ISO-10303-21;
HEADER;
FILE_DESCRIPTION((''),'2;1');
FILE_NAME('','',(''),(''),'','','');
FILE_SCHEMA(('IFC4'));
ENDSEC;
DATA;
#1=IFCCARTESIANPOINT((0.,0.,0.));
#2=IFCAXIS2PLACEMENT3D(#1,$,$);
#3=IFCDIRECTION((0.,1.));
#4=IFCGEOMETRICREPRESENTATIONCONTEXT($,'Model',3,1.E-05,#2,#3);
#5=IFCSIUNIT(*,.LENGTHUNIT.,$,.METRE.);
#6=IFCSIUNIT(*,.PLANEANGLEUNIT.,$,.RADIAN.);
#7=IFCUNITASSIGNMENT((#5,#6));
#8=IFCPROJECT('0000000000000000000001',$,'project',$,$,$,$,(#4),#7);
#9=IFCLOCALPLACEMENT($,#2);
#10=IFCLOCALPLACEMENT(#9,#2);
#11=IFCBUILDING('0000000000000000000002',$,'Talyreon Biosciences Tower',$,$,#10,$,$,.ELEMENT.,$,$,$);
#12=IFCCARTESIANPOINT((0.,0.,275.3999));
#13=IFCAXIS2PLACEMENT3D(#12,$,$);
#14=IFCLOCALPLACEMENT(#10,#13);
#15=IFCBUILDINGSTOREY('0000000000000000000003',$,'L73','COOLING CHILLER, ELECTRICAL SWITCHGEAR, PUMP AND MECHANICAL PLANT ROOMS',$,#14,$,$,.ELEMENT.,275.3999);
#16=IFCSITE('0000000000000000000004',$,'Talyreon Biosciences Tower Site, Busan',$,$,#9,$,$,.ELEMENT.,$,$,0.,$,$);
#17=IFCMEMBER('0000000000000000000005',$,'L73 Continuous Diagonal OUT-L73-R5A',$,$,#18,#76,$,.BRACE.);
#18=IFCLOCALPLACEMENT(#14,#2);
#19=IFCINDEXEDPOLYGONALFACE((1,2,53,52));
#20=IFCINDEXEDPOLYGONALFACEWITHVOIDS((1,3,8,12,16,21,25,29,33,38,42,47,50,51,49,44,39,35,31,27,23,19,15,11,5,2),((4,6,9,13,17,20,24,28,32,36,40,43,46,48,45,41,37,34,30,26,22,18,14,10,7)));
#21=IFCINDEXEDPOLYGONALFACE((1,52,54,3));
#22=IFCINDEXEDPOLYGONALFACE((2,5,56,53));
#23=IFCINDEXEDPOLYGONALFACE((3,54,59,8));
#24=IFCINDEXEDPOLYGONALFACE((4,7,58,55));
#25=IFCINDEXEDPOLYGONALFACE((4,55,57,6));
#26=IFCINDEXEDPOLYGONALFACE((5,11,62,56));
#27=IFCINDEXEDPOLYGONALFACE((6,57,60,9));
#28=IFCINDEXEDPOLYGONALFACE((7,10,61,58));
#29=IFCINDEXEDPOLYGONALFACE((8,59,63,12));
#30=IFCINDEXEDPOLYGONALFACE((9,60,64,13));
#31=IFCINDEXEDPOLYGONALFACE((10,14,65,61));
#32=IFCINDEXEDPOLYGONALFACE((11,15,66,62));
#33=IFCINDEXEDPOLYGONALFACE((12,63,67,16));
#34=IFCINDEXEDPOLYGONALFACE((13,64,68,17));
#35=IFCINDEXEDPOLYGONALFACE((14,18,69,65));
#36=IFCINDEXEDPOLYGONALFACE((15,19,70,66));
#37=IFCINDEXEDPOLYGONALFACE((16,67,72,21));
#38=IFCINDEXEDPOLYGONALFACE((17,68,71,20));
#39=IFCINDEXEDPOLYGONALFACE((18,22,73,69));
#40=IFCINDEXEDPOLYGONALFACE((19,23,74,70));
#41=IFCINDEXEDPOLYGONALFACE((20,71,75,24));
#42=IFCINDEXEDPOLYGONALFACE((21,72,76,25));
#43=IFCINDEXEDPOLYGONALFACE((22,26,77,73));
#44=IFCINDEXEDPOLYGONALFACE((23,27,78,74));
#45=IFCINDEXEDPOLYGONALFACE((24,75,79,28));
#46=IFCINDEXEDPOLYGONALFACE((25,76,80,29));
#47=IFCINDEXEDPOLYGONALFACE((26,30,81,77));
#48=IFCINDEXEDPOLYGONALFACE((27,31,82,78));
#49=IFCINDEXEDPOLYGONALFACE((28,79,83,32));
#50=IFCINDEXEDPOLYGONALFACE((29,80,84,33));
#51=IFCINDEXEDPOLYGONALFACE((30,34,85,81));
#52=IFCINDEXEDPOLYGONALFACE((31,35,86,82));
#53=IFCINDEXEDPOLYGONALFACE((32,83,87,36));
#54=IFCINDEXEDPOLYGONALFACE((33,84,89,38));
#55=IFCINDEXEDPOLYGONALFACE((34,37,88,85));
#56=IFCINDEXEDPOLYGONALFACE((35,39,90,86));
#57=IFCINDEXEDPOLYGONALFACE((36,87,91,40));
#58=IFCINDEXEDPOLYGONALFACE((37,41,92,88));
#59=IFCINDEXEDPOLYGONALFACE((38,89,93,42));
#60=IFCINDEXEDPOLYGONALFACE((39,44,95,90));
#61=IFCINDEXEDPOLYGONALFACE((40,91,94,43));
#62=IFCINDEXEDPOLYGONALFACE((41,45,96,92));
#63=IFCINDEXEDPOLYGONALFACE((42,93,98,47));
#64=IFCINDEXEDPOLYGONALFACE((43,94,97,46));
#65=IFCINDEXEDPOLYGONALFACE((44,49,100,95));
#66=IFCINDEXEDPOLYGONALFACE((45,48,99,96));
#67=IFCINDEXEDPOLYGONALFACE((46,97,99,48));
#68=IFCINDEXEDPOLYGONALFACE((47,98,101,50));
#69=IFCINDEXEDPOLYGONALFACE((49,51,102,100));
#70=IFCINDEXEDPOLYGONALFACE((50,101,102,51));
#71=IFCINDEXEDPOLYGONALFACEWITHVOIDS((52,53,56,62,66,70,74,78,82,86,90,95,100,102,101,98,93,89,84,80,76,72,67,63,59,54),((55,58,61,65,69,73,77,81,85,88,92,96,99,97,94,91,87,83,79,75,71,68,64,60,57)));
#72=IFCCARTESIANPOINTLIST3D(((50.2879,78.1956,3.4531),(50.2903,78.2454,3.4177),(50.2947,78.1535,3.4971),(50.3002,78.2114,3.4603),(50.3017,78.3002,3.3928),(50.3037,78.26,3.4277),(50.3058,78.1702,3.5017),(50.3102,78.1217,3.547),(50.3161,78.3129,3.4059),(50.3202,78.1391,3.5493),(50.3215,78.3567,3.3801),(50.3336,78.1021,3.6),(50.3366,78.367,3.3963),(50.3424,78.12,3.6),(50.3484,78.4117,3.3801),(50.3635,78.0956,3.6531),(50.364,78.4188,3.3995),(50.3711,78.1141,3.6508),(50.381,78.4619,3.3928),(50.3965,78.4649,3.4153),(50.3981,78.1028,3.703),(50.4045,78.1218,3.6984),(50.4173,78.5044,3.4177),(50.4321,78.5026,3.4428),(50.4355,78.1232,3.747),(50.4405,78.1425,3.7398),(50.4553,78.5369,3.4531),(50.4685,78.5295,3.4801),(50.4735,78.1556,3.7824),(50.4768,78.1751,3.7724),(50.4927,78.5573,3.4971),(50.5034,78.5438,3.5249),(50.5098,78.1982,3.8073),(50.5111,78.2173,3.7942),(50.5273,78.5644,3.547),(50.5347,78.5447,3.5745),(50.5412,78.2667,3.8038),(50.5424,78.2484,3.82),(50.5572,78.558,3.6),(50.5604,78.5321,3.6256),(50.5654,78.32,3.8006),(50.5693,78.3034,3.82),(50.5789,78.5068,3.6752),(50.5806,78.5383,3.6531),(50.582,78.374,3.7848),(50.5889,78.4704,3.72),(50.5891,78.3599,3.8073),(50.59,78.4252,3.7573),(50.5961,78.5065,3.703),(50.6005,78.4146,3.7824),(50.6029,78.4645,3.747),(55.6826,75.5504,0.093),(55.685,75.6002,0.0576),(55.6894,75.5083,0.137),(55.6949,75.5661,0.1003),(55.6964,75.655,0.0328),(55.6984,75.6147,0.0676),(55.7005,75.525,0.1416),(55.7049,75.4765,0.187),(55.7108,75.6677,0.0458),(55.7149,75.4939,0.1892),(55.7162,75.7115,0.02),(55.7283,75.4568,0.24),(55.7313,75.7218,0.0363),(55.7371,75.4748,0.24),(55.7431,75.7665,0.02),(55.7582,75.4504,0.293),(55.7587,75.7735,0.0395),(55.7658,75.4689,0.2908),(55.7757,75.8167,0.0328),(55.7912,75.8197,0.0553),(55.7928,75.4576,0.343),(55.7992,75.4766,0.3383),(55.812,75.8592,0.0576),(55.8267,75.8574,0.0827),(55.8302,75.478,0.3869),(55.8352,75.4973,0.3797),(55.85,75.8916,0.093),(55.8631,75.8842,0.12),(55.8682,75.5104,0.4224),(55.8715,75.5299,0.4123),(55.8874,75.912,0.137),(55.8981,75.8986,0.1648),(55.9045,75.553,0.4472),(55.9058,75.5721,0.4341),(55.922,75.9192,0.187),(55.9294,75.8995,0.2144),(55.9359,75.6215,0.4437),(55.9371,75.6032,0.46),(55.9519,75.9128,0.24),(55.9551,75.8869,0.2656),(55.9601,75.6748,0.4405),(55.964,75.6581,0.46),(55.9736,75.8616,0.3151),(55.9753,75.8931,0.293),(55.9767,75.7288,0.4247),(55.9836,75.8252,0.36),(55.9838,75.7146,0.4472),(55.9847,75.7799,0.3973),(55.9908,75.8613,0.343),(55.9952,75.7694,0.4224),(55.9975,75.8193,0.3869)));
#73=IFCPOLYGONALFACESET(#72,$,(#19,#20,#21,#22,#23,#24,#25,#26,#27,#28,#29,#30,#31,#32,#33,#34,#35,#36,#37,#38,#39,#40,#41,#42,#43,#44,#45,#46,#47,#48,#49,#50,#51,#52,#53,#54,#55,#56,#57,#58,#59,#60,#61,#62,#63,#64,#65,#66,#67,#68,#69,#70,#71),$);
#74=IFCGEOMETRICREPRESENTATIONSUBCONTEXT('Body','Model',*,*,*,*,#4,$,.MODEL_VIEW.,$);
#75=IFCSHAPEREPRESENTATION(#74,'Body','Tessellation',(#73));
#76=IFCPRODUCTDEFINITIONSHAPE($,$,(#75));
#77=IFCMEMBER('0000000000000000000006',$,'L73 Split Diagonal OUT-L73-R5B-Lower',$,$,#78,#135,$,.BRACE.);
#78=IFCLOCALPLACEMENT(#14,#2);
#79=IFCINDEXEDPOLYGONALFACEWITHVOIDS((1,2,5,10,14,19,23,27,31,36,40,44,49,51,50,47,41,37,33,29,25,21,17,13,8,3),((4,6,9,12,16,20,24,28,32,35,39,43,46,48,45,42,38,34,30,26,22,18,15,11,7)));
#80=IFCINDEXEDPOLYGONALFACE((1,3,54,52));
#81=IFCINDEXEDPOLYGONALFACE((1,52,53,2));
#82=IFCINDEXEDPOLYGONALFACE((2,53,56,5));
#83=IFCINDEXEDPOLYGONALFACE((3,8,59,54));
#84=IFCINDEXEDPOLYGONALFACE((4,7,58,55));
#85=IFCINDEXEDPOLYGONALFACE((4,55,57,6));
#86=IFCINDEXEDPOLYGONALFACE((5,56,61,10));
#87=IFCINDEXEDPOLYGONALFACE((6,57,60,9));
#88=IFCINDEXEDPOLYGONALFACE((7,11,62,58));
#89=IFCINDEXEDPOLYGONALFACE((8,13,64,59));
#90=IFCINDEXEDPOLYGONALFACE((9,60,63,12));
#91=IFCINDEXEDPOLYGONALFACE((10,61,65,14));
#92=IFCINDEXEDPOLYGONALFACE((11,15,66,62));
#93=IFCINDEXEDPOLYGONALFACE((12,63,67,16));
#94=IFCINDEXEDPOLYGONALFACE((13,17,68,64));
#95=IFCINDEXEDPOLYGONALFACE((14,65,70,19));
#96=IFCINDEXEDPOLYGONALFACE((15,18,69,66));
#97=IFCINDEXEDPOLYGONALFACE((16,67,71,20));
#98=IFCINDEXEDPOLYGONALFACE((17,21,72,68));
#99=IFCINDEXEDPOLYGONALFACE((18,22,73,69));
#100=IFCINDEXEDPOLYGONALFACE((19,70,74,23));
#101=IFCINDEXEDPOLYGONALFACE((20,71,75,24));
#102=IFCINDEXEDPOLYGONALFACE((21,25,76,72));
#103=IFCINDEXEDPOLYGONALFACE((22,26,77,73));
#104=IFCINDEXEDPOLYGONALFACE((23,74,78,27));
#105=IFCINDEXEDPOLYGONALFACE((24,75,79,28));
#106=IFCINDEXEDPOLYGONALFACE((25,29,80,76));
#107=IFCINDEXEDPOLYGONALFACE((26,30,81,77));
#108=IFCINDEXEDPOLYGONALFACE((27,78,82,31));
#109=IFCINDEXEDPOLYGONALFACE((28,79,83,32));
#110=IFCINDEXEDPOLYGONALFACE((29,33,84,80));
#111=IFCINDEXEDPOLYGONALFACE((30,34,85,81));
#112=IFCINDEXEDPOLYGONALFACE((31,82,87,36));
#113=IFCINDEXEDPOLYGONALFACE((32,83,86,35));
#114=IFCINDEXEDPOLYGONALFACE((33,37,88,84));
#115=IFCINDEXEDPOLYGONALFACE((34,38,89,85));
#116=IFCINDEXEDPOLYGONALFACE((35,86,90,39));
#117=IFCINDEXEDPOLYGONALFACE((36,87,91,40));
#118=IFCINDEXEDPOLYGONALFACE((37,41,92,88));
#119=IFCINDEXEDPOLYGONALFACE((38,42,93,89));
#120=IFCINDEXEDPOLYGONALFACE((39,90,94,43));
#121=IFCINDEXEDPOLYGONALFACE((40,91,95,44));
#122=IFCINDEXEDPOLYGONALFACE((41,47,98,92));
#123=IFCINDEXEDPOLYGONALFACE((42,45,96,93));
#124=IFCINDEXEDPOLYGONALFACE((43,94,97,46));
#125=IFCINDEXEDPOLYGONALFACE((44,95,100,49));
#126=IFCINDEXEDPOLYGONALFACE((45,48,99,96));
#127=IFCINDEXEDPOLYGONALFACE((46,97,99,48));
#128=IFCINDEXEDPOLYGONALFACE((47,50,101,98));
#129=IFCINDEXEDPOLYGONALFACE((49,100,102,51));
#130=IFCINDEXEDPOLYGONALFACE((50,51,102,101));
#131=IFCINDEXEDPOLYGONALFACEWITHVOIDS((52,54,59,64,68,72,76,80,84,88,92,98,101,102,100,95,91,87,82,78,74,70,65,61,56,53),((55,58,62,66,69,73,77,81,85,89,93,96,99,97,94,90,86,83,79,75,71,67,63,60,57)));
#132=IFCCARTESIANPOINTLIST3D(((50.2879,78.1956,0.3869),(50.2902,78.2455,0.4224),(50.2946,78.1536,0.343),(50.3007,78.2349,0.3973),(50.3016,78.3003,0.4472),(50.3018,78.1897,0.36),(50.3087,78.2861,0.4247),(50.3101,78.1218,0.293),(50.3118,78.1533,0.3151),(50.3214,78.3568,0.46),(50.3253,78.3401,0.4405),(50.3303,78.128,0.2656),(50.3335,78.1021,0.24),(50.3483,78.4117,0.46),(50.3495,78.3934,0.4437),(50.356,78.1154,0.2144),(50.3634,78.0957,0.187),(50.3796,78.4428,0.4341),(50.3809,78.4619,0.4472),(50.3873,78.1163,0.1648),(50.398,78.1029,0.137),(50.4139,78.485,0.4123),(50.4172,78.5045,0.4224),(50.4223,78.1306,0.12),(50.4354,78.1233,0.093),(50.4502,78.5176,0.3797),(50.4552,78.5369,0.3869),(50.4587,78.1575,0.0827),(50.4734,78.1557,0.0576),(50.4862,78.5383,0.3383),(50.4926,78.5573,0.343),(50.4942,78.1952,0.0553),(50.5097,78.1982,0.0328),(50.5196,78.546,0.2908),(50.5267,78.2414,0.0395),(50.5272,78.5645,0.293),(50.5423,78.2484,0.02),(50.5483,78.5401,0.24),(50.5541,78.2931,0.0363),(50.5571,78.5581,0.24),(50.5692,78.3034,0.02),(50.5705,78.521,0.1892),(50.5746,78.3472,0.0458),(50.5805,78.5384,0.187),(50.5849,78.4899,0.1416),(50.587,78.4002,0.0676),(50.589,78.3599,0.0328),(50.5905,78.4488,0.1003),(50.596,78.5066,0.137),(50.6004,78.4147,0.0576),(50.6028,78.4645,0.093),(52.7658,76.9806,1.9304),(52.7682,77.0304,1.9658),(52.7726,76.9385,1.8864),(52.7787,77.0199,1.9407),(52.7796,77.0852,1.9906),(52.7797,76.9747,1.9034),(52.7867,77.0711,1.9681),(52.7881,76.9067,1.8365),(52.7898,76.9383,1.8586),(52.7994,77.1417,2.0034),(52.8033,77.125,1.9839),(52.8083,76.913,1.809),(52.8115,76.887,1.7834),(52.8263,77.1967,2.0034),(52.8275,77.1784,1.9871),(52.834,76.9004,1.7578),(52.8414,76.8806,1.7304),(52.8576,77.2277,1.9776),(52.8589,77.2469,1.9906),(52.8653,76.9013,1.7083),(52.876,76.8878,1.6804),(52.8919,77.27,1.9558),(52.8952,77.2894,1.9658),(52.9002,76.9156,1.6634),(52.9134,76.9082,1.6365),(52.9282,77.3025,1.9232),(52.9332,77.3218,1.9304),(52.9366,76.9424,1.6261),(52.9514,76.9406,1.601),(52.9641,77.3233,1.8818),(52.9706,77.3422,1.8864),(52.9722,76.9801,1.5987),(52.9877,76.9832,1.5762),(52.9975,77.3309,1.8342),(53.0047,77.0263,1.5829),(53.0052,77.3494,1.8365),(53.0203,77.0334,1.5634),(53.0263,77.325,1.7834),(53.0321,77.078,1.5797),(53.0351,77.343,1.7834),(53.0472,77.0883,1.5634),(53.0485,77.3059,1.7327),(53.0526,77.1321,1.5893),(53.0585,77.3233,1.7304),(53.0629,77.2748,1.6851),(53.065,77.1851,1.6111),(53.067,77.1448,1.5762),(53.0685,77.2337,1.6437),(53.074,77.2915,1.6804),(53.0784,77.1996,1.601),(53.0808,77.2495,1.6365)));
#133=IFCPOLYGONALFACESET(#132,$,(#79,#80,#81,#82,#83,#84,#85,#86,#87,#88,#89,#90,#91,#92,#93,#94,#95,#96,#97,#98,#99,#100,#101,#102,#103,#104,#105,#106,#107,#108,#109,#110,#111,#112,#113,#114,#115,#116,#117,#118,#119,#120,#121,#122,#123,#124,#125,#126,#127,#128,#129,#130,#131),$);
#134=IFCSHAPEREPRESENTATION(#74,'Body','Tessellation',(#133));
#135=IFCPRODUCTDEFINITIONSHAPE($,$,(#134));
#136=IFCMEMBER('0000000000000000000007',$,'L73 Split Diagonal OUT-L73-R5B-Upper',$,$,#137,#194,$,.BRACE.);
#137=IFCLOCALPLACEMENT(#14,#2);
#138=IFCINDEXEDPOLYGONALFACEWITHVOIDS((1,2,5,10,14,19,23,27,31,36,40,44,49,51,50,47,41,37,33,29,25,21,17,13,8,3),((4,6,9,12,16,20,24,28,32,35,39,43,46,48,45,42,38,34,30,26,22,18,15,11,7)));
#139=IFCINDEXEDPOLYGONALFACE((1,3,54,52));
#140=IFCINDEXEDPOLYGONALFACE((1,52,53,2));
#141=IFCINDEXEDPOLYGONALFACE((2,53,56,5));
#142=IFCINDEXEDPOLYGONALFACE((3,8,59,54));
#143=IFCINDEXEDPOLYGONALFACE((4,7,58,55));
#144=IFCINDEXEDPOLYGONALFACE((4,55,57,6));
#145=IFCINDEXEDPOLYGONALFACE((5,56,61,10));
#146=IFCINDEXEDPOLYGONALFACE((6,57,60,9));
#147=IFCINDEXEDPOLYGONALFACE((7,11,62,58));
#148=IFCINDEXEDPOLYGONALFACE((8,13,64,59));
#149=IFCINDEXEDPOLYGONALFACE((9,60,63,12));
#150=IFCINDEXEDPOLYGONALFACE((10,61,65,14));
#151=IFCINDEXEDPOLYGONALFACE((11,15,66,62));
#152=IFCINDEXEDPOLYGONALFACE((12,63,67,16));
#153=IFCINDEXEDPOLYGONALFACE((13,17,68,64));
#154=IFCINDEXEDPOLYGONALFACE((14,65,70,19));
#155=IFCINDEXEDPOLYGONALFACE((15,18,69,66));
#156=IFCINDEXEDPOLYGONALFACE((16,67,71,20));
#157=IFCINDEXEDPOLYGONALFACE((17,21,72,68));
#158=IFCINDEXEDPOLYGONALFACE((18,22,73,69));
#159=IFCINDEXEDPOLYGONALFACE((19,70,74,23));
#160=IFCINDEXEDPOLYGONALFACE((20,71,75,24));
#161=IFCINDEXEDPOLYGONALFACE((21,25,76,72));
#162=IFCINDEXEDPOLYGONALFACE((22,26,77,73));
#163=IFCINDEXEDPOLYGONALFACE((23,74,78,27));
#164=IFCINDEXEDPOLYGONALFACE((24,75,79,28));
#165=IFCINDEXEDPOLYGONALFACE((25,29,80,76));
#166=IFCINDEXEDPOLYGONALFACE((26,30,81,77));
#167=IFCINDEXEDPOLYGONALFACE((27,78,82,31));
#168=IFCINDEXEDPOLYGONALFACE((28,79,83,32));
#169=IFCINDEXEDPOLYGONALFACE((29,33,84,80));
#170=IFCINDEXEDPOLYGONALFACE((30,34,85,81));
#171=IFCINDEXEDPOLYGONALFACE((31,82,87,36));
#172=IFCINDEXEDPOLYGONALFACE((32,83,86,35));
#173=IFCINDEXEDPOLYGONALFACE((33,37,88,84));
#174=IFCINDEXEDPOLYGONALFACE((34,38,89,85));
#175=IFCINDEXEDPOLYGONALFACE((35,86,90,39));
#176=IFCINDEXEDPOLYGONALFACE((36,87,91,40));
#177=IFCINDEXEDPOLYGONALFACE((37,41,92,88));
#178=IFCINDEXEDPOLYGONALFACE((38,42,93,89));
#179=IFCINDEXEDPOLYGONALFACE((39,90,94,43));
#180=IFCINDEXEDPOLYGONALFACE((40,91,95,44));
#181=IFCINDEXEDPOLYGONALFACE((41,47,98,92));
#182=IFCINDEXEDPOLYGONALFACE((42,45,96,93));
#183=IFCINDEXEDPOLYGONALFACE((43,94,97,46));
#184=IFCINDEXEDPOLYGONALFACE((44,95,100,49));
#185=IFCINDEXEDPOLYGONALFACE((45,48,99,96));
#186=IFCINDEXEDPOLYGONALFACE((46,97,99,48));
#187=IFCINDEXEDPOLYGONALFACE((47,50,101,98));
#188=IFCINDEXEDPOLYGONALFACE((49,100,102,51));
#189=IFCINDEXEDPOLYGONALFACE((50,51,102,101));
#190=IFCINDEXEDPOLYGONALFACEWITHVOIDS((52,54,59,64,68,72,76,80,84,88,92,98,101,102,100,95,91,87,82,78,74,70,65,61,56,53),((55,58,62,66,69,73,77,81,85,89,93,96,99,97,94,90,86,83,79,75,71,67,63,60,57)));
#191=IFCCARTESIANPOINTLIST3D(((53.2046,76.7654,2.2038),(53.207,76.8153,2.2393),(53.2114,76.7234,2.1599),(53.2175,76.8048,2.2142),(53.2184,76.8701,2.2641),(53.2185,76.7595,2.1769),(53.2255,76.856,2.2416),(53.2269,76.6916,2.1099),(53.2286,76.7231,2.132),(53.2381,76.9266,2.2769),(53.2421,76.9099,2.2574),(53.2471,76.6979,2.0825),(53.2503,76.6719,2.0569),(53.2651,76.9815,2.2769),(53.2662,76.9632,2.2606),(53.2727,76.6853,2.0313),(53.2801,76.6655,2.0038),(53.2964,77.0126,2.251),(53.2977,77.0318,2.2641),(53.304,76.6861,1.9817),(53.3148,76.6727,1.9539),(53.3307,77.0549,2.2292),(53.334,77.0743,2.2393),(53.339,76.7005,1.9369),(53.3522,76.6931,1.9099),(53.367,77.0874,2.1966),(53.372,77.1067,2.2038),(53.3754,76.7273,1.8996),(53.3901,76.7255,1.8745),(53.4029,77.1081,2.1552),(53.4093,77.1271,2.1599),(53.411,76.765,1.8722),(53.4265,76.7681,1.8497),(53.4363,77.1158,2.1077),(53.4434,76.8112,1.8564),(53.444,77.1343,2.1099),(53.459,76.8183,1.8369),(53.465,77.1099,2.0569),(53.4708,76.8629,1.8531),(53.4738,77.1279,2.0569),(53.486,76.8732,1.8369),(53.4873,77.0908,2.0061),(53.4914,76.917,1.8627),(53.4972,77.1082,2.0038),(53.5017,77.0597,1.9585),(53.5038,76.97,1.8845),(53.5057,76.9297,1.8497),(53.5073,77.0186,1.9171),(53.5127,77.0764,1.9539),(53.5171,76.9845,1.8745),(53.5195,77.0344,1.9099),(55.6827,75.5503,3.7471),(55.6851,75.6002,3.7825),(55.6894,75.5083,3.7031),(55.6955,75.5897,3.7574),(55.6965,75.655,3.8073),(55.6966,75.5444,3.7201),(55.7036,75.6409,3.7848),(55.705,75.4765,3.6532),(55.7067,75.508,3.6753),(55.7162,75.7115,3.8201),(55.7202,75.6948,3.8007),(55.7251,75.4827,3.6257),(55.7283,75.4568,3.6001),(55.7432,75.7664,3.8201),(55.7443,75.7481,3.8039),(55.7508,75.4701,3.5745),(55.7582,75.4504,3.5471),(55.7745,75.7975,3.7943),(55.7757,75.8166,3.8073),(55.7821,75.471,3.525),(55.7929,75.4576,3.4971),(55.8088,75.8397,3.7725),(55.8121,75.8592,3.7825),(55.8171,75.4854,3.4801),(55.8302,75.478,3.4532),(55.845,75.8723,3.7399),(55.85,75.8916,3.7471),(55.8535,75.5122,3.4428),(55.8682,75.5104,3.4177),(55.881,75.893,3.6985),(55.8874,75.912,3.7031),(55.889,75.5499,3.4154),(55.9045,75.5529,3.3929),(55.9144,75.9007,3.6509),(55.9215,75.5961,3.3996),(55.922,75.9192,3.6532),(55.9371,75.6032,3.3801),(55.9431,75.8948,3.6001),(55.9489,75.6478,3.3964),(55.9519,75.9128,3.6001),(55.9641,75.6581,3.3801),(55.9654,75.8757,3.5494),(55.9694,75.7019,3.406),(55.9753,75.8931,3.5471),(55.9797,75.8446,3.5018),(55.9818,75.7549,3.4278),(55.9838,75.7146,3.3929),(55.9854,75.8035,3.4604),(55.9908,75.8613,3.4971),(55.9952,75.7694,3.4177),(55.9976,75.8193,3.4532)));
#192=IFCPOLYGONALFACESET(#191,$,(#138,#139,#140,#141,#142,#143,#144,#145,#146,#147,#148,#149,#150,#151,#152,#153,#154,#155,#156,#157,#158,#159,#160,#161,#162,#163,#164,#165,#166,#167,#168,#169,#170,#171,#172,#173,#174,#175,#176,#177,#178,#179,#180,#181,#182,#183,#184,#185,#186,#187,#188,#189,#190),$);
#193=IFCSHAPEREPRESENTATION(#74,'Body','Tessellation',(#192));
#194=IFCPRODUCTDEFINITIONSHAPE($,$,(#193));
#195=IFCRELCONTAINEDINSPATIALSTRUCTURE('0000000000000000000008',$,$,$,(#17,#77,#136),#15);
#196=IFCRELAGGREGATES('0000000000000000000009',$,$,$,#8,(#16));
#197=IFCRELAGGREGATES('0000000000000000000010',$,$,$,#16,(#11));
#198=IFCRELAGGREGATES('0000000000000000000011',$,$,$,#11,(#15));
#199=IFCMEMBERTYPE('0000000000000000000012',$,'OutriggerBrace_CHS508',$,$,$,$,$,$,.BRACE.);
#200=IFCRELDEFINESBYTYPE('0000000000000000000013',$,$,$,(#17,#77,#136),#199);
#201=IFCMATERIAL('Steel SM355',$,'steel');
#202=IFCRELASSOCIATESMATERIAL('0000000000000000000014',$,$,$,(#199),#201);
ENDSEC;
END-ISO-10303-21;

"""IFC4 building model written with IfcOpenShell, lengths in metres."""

from ifc_helpers import new_model, si_unit, direction, frame, origin, origin_2d, place, context, subcontext, project, spatial, hollow_circle, extrude, material, material_profile, profile_set, type_object, element, save


model = new_model("IFC4")

# Units and contexts
model_context = context("Model", 3, precision=1e-05, world=origin(), true_north=direction((0.0, 1.0)))
body_context = subcontext(model_context, "Body", "Model", "MODEL_VIEW")
ifc_project = project(units=[si_unit("LENGTHUNIT", "METRE"), si_unit("PLANEANGLEUNIT", "RADIAN")], contexts=[model_context])

# Site, building, storey
site_placement = place(None, origin())
site = spatial("IfcSite", under=ifc_project, at=site_placement, Name="Talyreon Biosciences Tower Site, Busan", CompositionType="ELEMENT", RefElevation=0.0)
building_placement = place(site_placement, origin())
building = spatial("IfcBuilding", under=site, at=building_placement, Name="Talyreon Biosciences Tower", CompositionType="ELEMENT")
storey_placement = place(building_placement, frame((0.0, 0.0, 275.3999)))
storey = spatial("IfcBuildingStorey", under=building, at=storey_placement, Name="L73", Description="COOLING CHILLER, ELECTRICAL SWITCHGEAR, PUMP AND MECHANICAL PLANT ROOMS", CompositionType="ELEMENT", Elevation=275.3999)

# Shared definitions
ifc_material_1 = material(Name="Steel SM355", Category="steel")

# Members
ifc_material_profile_1 = material_profile(ifc_material_1, hollow_circle(Radius=0.2539, WallThickness=0.02, at=origin_2d()), Name="CHS 508x20")
ifc_profile_set_1 = profile_set([ifc_material_profile_1], Name="Steel SM355")
member_type_1 = type_object("IfcMemberType", Name="OutriggerBrace_CHS508", PredefinedType="BRACE", material=ifc_profile_set_1)
member_1_placement = place(storey_placement, frame((55.8401, 75.6848, 0.24), z_axis=(-0.783653, 0.384255, 0.488094), x_axis=(-0.44026, -0.89787, 0.0)))
element("IfcMember", 1, at=member_1_placement, inside=storey, type_object=member_type_1, Name="L73 Continuous Diagonal OUT-L73-R5A", PredefinedType="BRACE", context=body_context, shape_type="SweptSolid", body=[
    extrude(hollow_circle(Radius=0.2539, WallThickness=0.02, at=origin_2d()), origin(), (0.0, 0.0, 1.0), 6.884),
])
for number, where, z_axis, x_axis, name in (
    (2, (50.4453, 78.3301, 0.24), (0.783648, -0.384258, 0.488101), (0.440265, 0.897868, 0.0), "L73 Split Diagonal OUT-L73-R5B-Lower"),
    (3, (53.3621, 76.8999, 2.0569), (0.783677, -0.384272, 0.488042), (0.440265, 0.897868, 0.0), "L73 Split Diagonal OUT-L73-R5B-Upper"),
):
    element("IfcMember", number, at=place(storey_placement, frame(where, z_axis=z_axis, x_axis=x_axis)), inside=storey, type_object=member_type_1, Name=name, PredefinedType="BRACE", context=body_context, shape_type="SweptSolid", body=[
        extrude(hollow_circle(Radius=0.2539, WallThickness=0.02, at=origin_2d()), origin(), (0.0, 0.0, 1.0), 3.1621),
    ])

save(model, "model.ifc")
